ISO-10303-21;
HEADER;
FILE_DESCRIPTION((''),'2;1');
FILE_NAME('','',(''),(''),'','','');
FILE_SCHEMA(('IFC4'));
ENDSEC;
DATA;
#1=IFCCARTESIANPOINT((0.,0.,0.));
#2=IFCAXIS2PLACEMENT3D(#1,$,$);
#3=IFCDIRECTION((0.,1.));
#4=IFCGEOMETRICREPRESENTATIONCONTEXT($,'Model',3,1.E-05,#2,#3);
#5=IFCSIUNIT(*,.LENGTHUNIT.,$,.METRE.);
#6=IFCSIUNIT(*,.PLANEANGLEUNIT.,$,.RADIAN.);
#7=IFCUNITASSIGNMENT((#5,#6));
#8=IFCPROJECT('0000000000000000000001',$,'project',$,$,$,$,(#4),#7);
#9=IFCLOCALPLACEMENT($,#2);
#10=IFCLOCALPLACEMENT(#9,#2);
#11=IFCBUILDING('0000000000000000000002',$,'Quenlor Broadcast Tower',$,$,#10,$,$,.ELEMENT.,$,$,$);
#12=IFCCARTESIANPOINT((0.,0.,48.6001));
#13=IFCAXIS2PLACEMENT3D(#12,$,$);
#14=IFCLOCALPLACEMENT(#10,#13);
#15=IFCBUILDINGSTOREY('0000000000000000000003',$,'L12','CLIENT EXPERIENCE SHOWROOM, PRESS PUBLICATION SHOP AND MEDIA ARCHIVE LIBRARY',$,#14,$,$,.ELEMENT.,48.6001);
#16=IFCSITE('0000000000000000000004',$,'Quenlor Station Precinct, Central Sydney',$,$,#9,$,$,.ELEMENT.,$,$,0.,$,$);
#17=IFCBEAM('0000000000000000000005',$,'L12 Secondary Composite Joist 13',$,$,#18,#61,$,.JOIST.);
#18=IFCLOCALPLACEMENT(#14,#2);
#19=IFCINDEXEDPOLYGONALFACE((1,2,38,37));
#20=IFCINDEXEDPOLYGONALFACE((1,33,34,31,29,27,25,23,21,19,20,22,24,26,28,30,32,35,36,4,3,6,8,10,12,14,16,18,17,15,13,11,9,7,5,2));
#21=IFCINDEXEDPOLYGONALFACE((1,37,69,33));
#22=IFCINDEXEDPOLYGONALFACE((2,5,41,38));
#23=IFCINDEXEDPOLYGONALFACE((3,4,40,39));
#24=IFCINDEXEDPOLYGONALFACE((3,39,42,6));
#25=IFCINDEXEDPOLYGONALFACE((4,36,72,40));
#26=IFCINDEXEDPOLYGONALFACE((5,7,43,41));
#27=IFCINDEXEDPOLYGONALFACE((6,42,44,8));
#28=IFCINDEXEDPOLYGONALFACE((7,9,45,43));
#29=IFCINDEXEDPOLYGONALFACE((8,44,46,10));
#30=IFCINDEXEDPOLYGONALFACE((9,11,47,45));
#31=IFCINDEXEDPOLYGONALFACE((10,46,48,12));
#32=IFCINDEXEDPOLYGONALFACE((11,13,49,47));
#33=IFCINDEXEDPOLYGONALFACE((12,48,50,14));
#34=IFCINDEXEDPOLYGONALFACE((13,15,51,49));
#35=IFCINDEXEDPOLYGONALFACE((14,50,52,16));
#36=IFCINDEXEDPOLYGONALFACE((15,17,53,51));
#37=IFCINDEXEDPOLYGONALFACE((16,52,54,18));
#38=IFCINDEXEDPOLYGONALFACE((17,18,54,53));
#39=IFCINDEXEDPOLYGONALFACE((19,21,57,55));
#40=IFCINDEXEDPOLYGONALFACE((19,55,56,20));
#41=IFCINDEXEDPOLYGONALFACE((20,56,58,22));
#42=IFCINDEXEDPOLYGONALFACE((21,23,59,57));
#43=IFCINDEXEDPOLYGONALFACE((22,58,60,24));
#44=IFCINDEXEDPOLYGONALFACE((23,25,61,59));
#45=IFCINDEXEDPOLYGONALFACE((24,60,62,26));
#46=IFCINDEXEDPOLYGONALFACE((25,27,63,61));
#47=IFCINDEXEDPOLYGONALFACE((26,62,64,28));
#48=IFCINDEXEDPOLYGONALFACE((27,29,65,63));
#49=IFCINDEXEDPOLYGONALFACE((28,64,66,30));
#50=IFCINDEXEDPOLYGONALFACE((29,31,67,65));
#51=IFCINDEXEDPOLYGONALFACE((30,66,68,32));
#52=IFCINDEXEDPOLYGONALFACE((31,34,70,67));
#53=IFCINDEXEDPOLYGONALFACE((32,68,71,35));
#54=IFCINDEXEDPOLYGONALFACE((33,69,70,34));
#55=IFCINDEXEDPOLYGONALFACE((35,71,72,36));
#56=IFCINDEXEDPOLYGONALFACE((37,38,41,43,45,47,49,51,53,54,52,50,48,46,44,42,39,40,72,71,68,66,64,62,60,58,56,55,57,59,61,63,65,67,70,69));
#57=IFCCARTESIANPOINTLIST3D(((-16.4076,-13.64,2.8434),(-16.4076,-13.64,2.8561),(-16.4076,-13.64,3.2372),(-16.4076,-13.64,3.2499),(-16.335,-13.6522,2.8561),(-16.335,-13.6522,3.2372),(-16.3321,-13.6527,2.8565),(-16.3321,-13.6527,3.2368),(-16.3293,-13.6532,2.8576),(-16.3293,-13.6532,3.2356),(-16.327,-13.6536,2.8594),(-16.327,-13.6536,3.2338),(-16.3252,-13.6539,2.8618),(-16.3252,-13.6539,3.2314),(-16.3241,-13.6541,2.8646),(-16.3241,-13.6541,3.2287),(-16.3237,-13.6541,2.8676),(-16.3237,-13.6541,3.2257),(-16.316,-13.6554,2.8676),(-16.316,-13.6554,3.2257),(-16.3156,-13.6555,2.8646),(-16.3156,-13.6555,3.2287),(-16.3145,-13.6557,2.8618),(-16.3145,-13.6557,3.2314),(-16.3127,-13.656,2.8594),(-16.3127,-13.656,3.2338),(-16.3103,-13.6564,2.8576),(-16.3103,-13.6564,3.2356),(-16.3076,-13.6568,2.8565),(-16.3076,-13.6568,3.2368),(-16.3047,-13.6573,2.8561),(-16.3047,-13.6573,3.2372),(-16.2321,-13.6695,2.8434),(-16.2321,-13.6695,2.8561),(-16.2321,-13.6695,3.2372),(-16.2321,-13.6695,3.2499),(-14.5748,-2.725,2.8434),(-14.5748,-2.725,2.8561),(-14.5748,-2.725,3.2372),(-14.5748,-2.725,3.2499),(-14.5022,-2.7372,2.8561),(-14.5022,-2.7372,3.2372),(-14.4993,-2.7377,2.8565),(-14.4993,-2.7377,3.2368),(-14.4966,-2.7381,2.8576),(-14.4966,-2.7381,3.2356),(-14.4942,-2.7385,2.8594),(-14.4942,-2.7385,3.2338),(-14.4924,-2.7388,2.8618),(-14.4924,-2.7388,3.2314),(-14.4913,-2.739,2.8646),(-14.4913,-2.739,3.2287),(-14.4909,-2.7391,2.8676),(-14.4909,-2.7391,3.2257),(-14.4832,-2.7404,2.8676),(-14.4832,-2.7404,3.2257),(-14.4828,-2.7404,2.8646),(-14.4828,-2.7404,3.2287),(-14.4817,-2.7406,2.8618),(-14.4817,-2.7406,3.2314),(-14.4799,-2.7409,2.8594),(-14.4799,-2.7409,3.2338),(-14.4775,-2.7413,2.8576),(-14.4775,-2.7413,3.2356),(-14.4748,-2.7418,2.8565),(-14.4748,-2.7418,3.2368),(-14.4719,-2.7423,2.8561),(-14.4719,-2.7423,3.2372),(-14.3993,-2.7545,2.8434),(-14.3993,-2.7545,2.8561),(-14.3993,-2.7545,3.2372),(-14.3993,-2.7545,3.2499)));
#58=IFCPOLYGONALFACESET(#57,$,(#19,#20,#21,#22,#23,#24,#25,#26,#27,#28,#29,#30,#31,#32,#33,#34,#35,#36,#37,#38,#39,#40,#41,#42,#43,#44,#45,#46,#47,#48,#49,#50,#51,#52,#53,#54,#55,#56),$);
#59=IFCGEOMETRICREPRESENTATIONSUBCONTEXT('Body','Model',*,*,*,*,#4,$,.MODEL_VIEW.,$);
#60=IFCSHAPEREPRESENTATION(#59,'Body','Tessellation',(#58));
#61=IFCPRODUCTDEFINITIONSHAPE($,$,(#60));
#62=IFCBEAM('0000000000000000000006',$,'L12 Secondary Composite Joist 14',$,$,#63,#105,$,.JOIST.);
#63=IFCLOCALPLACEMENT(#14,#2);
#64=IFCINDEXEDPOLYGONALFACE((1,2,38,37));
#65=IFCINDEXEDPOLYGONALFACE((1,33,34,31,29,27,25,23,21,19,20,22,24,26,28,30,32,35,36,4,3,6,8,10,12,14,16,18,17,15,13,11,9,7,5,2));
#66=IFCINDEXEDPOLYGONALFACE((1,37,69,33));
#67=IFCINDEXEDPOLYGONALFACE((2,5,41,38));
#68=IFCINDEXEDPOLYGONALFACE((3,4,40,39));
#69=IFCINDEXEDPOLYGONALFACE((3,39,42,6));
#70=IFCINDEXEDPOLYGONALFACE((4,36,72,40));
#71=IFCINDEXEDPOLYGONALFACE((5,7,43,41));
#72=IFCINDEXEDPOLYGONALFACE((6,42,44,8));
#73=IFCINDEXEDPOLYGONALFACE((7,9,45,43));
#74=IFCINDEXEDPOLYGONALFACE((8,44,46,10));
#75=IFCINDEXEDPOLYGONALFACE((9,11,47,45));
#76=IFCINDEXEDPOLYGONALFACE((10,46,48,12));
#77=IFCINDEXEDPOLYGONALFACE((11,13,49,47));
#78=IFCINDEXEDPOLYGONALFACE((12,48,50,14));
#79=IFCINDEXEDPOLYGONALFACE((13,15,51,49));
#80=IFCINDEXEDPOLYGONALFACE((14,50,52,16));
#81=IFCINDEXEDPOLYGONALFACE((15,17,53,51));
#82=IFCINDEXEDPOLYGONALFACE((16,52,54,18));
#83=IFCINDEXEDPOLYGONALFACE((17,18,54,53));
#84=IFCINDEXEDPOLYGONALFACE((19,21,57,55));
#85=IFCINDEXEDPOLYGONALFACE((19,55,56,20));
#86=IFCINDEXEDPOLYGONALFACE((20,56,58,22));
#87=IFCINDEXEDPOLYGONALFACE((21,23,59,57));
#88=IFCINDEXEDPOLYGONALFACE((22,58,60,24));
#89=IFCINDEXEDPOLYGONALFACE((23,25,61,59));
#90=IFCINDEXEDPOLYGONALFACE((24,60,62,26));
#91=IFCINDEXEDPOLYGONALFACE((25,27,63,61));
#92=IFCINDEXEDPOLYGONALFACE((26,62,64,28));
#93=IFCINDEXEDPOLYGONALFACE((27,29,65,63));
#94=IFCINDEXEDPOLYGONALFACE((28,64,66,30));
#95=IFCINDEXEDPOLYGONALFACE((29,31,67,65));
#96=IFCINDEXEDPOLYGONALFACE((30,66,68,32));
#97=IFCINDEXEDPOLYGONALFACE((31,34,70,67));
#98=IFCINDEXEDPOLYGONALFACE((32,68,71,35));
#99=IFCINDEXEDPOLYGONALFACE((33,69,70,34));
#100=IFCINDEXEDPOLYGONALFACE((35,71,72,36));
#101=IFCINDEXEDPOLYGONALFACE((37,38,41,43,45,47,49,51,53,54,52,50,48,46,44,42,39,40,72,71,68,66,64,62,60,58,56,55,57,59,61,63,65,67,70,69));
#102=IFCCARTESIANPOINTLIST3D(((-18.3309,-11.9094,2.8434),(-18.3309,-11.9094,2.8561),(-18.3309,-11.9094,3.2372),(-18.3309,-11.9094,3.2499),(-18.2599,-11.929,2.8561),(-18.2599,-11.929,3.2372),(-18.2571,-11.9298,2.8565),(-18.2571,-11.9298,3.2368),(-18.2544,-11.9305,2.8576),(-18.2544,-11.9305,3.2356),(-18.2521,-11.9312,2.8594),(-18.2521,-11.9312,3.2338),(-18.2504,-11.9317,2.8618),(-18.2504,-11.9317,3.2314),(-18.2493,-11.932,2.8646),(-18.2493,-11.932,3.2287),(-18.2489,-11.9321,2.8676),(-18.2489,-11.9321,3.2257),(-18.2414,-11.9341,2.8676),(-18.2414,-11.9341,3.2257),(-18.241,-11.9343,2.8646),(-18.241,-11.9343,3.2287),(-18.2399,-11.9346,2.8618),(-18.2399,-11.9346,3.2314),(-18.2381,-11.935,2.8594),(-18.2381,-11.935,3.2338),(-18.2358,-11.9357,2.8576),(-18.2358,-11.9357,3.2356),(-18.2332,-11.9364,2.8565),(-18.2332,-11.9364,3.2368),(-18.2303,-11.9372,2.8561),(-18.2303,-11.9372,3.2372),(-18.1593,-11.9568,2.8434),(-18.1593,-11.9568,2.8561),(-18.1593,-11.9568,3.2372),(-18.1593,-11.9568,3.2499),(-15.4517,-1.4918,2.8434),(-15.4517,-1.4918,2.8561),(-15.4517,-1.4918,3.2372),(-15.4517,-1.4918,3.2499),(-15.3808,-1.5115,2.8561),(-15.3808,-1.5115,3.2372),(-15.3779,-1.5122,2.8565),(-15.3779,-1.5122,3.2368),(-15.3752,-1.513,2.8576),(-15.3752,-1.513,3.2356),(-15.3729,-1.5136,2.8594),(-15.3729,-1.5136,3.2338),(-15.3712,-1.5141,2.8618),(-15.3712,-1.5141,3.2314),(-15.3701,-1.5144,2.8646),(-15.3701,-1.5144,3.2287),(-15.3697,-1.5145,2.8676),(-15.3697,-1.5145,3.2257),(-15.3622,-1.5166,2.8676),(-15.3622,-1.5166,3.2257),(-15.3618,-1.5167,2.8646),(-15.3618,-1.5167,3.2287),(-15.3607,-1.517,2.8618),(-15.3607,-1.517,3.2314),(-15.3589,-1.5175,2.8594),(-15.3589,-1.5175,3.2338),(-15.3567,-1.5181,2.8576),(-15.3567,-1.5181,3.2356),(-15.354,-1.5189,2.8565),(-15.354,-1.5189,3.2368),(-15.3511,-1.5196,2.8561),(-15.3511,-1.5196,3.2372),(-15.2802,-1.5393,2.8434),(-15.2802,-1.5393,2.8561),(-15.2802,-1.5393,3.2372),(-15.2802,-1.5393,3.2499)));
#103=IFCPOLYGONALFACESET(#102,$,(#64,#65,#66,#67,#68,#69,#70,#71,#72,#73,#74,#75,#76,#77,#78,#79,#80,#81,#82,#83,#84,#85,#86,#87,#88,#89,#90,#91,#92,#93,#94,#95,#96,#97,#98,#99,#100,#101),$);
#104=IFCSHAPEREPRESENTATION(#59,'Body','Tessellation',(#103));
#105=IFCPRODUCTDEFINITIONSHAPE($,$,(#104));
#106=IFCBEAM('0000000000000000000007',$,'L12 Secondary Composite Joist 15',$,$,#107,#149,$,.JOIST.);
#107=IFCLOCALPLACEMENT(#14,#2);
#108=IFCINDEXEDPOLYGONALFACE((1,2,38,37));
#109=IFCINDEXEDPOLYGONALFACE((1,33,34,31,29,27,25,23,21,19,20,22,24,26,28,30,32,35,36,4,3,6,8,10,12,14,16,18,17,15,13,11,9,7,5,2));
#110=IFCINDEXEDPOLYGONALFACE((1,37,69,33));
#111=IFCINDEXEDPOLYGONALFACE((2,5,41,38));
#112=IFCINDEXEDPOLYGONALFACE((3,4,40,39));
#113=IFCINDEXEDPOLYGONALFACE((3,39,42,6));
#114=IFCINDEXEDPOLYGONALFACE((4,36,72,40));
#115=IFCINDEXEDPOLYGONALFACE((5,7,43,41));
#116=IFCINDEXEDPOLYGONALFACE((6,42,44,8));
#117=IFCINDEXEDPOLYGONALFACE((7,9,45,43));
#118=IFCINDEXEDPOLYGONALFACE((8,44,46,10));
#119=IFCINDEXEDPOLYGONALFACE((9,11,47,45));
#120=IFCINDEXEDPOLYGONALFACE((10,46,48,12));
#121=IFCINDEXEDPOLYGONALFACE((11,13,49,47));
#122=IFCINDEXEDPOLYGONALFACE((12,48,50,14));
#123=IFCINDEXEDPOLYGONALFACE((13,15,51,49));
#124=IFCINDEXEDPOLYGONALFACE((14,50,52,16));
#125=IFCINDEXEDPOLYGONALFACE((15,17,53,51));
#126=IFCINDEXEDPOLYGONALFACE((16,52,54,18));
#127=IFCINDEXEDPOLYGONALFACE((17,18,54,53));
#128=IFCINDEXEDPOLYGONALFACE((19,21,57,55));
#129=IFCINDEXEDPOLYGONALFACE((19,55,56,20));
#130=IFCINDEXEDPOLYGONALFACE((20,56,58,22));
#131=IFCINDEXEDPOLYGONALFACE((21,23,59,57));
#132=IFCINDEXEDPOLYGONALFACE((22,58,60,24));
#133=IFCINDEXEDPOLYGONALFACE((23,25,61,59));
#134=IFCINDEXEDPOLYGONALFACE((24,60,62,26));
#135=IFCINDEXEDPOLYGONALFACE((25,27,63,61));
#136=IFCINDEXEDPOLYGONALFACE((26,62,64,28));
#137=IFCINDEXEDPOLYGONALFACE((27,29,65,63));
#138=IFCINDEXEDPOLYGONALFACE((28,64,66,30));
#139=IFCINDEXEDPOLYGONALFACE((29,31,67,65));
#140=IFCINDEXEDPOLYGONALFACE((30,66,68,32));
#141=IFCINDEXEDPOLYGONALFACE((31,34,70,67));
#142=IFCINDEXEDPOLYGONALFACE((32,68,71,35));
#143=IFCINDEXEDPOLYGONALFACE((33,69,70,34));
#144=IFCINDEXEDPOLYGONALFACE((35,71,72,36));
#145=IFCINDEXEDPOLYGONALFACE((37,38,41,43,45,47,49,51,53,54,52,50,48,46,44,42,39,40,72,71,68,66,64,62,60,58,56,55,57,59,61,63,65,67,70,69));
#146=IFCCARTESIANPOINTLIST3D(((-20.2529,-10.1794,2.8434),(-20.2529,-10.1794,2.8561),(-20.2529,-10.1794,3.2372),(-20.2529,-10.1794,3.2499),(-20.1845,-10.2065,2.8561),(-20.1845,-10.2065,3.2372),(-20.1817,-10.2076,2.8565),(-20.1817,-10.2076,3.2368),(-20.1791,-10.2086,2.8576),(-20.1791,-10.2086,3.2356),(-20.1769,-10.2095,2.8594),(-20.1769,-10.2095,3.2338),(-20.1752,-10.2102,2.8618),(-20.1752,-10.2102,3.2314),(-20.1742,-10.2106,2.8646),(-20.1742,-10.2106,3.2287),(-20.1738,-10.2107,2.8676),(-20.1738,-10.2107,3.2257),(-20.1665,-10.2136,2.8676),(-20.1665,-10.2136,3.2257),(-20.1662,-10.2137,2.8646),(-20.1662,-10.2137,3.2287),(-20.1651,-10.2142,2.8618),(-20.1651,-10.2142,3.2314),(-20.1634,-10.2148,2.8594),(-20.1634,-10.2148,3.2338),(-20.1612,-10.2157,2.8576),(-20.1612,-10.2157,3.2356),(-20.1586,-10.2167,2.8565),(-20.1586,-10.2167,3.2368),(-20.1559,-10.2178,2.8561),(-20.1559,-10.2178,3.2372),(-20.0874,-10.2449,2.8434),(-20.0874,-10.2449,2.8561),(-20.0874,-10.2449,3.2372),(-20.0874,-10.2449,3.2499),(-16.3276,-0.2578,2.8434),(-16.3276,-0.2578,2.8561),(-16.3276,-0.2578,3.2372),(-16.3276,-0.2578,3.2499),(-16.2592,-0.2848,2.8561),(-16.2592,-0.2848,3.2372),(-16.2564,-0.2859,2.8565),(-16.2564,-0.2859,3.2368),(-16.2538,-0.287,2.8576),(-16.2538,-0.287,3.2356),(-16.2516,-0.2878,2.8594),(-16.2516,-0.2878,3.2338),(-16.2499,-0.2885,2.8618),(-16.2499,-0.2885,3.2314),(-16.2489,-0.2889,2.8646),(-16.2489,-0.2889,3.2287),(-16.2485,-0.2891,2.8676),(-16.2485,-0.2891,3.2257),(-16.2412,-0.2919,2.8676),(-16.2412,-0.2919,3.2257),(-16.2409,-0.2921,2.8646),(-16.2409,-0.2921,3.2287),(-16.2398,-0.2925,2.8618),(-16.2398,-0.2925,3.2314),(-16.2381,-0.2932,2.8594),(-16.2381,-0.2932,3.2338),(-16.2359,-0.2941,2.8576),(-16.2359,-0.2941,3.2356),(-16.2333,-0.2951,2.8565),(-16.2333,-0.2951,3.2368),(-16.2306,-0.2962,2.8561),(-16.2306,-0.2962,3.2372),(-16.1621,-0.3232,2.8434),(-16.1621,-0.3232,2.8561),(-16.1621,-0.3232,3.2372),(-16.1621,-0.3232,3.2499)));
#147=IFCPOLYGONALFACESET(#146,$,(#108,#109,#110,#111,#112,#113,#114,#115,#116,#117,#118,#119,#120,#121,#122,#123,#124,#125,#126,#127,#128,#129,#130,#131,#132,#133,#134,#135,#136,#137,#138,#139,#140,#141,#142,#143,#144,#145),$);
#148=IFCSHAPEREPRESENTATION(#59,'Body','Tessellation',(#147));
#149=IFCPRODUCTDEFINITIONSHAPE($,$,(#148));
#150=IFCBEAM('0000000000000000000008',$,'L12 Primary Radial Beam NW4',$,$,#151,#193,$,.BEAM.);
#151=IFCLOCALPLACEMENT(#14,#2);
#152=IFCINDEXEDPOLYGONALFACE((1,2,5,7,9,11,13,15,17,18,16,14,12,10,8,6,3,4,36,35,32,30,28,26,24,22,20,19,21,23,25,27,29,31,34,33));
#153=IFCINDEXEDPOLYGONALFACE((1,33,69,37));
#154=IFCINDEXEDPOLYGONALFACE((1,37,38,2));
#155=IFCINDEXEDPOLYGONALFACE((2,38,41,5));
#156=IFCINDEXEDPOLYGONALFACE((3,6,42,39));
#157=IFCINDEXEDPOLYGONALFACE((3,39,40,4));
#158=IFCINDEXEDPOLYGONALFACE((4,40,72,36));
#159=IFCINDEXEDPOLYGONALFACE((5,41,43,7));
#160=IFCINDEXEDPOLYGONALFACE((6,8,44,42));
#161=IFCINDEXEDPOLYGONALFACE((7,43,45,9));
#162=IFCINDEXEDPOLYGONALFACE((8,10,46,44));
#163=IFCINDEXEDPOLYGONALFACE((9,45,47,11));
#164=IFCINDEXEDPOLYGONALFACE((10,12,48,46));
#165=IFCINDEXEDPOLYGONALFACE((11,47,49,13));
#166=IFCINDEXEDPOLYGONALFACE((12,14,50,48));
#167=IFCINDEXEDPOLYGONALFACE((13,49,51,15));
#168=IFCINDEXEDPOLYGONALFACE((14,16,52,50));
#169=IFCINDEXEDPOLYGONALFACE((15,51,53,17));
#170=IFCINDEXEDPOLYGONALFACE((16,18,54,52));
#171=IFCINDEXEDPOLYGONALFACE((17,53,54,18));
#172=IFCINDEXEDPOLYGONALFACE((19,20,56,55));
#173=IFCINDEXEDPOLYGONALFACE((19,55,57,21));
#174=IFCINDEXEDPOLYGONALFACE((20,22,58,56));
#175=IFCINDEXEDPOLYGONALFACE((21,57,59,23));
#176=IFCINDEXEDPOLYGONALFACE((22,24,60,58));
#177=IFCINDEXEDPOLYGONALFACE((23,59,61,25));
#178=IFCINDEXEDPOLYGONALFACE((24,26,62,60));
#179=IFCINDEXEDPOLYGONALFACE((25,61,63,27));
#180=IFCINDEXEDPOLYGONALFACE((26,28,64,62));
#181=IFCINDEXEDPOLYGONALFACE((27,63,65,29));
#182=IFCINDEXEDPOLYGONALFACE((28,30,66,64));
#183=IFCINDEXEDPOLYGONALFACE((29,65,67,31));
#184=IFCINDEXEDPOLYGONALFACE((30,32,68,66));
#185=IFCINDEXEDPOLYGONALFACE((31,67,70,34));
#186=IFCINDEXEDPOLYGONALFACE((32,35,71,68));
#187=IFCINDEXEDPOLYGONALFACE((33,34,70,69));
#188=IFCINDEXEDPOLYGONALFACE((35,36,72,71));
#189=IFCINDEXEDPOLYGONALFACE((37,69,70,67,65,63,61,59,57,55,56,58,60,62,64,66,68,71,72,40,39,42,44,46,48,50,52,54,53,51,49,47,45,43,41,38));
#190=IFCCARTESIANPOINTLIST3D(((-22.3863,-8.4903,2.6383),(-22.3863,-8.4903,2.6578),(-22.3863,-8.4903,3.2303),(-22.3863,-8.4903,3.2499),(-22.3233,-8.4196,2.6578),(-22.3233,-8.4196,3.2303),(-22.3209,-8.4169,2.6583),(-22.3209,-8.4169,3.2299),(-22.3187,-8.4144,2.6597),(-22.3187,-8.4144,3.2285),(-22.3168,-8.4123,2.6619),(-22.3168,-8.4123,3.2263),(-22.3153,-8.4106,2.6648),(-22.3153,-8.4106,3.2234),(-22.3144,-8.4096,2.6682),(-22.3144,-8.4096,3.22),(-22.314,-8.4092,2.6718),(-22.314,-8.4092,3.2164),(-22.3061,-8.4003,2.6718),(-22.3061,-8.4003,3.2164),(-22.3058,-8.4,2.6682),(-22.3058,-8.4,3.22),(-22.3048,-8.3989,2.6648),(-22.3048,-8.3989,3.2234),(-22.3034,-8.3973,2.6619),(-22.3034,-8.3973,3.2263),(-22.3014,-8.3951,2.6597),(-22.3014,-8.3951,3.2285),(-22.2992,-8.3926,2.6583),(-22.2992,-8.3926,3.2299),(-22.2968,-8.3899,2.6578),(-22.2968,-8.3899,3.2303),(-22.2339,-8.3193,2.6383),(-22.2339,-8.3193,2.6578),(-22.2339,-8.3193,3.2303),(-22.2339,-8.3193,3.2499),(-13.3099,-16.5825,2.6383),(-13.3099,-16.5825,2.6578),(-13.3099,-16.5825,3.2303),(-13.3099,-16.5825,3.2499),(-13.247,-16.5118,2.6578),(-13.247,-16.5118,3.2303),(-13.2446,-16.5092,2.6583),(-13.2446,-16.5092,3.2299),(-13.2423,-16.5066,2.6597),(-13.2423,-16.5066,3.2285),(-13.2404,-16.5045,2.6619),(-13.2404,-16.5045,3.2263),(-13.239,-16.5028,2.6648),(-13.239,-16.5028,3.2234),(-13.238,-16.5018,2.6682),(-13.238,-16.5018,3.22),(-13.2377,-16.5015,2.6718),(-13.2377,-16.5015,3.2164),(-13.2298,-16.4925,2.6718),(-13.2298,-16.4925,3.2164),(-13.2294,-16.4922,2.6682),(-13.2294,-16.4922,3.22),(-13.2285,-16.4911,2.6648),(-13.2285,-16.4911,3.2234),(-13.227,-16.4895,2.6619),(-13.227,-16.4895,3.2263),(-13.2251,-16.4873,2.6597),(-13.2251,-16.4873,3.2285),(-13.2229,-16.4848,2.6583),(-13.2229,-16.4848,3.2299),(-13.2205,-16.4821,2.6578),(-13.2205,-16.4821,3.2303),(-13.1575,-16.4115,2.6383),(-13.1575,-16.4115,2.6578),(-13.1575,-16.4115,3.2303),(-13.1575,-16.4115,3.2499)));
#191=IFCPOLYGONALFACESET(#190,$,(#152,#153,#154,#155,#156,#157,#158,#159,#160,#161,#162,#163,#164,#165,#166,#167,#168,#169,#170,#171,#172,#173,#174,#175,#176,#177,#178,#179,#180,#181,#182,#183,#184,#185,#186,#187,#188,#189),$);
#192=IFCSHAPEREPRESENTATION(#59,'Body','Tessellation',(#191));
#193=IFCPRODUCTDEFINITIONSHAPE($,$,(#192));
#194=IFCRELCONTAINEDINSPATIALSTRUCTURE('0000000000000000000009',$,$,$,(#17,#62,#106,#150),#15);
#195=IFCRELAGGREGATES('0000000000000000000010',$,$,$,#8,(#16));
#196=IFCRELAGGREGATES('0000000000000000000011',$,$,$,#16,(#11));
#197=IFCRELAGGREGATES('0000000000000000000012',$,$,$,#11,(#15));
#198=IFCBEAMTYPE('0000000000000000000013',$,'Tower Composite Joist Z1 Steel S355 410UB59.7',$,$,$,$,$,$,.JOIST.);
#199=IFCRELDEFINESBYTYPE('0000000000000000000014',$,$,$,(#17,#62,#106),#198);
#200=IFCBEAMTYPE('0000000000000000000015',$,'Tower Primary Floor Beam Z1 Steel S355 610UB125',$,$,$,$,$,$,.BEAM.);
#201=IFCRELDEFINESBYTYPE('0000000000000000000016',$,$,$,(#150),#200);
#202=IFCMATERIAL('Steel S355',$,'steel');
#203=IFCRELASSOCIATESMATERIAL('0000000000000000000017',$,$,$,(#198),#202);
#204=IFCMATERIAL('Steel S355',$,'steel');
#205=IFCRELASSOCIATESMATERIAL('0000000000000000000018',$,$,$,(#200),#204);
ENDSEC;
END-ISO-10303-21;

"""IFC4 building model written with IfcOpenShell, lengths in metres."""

from ifc_helpers import new_model, si_unit, direction, frame, origin, origin_2d, place, context, subcontext, project, spatial, i_section, extrude, material, material_profile, profile_set, type_object, element, save


model = new_model("IFC4")

# Units and contexts
model_context = context("Model", 3, precision=1e-05, world=origin(), true_north=direction((0.0, 1.0)))
body_context = subcontext(model_context, "Body", "Model", "MODEL_VIEW")
ifc_project = project(units=[si_unit("LENGTHUNIT", "METRE"), si_unit("PLANEANGLEUNIT", "RADIAN")], contexts=[model_context])

# Site, building, storey
site_placement = place(None, origin())
site = spatial("IfcSite", under=ifc_project, at=site_placement, Name="Quenlor Station Precinct, Central Sydney", CompositionType="ELEMENT", RefElevation=0.0)
building_placement = place(site_placement, origin())
building = spatial("IfcBuilding", under=site, at=building_placement, Name="Quenlor Broadcast Tower", CompositionType="ELEMENT")
storey_placement = place(building_placement, frame((0.0, 0.0, 48.6001)))
storey = spatial("IfcBuildingStorey", under=building, at=storey_placement, Name="L12", Description="CLIENT EXPERIENCE SHOWROOM, PRESS PUBLICATION SHOP AND MEDIA ARCHIVE LIBRARY", CompositionType="ELEMENT", Elevation=48.6001)

# Beams
ifc_material_1 = material(Name="Steel S355", Category="steel")
ifc_material_profile_1 = material_profile(ifc_material_1, i_section(OverallWidth=0.178, OverallDepth=0.4065, WebThickness=0.0078, FlangeThickness=0.0127, FilletRadius=0.0115, at=origin_2d()))
ifc_profile_set_1 = profile_set([ifc_material_profile_1], Name="Steel S355 410UB59.7")
beam_type_1 = type_object("IfcBeamType", Name="Tower Composite Joist Z1 Steel S355 410UB59.7", PredefinedType="JOIST", material=ifc_profile_set_1)
beam_1_placement = place(storey_placement, frame((-16.3198, -13.6548, 3.0466), z_axis=(0.165594, 0.986194, 0.0), x_axis=(-0.986194, 0.165594, 0.0)))
element("IfcBeam", 1, at=beam_1_placement, inside=storey, type_object=beam_type_1, Name="L12 Secondary Composite Joist 13", PredefinedType="JOIST", context=body_context, shape_type="SweptSolid", body=[
    extrude(i_section(OverallWidth=0.178, OverallDepth=0.4065, WebThickness=0.0078, FlangeThickness=0.0127, FilletRadius=0.0115, at=origin_2d()), origin(), (0.0, 0.0, 1.0), 11.0679),
])
beam_2_placement = place(storey_placement, frame((-18.2451, -11.9331, 3.0466), z_axis=(0.26639, 0.963865, 0.0), x_axis=(-0.963865, 0.26639, 0.0)))
element("IfcBeam", 2, at=beam_2_placement, inside=storey, type_object=beam_type_1, Name="L12 Secondary Composite Joist 14", PredefinedType="JOIST", context=body_context, shape_type="SweptSolid", body=[
    extrude(i_section(OverallWidth=0.178, OverallDepth=0.4065, WebThickness=0.0078, FlangeThickness=0.0127, FilletRadius=0.0115, at=origin_2d()), origin(), (0.0, 0.0, 1.0), 10.8081),
])
beam_3_placement = place(storey_placement, frame((-20.1702, -10.2122, 3.0466), z_axis=(0.367885, 0.929871, 0.0), x_axis=(-0.929871, 0.367885, 0.0)))
element("IfcBeam", 3, at=beam_3_placement, inside=storey, type_object=beam_type_1, Name="L12 Secondary Composite Joist 15", PredefinedType="JOIST", context=body_context, shape_type="SweptSolid", body=[
    extrude(i_section(OverallWidth=0.178, OverallDepth=0.4065, WebThickness=0.0078, FlangeThickness=0.0127, FilletRadius=0.0115, at=origin_2d()), origin(), (0.0, 0.0, 1.0), 10.6699),
])
ifc_material_2 = material(Name="Steel S355", Category="steel")
ifc_material_profile_2 = material_profile(ifc_material_2, i_section(OverallWidth=0.229, OverallDepth=0.6116, WebThickness=0.012, FlangeThickness=0.0195, FilletRadius=0.0139, at=origin_2d()))
ifc_profile_set_2 = profile_set([ifc_material_profile_2], Name="Steel S355 610UB125")
beam_type_2 = type_object("IfcBeamType", Name="Tower Primary Floor Beam Z1 Steel S355 610UB125", PredefinedType="BEAM", material=ifc_profile_set_2)
beam_4_placement = place(storey_placement, frame((-22.3101, -8.4048, 2.9441), z_axis=(0.746414, -0.665482, 0.0), x_axis=(0.665482, 0.746414, 0.0)))
element("IfcBeam", 4, at=beam_4_placement, inside=storey, type_object=beam_type_2, Name="L12 Primary Radial Beam NW4", PredefinedType="BEAM", context=body_context, shape_type="SweptSolid", body=[
    extrude(i_section(OverallWidth=0.229, OverallDepth=0.6116, WebThickness=0.012, FlangeThickness=0.0195, FilletRadius=0.0139, at=origin_2d()), origin(), (0.0, 0.0, 1.0), 12.1599),
])

save(model, "model.ifc")
